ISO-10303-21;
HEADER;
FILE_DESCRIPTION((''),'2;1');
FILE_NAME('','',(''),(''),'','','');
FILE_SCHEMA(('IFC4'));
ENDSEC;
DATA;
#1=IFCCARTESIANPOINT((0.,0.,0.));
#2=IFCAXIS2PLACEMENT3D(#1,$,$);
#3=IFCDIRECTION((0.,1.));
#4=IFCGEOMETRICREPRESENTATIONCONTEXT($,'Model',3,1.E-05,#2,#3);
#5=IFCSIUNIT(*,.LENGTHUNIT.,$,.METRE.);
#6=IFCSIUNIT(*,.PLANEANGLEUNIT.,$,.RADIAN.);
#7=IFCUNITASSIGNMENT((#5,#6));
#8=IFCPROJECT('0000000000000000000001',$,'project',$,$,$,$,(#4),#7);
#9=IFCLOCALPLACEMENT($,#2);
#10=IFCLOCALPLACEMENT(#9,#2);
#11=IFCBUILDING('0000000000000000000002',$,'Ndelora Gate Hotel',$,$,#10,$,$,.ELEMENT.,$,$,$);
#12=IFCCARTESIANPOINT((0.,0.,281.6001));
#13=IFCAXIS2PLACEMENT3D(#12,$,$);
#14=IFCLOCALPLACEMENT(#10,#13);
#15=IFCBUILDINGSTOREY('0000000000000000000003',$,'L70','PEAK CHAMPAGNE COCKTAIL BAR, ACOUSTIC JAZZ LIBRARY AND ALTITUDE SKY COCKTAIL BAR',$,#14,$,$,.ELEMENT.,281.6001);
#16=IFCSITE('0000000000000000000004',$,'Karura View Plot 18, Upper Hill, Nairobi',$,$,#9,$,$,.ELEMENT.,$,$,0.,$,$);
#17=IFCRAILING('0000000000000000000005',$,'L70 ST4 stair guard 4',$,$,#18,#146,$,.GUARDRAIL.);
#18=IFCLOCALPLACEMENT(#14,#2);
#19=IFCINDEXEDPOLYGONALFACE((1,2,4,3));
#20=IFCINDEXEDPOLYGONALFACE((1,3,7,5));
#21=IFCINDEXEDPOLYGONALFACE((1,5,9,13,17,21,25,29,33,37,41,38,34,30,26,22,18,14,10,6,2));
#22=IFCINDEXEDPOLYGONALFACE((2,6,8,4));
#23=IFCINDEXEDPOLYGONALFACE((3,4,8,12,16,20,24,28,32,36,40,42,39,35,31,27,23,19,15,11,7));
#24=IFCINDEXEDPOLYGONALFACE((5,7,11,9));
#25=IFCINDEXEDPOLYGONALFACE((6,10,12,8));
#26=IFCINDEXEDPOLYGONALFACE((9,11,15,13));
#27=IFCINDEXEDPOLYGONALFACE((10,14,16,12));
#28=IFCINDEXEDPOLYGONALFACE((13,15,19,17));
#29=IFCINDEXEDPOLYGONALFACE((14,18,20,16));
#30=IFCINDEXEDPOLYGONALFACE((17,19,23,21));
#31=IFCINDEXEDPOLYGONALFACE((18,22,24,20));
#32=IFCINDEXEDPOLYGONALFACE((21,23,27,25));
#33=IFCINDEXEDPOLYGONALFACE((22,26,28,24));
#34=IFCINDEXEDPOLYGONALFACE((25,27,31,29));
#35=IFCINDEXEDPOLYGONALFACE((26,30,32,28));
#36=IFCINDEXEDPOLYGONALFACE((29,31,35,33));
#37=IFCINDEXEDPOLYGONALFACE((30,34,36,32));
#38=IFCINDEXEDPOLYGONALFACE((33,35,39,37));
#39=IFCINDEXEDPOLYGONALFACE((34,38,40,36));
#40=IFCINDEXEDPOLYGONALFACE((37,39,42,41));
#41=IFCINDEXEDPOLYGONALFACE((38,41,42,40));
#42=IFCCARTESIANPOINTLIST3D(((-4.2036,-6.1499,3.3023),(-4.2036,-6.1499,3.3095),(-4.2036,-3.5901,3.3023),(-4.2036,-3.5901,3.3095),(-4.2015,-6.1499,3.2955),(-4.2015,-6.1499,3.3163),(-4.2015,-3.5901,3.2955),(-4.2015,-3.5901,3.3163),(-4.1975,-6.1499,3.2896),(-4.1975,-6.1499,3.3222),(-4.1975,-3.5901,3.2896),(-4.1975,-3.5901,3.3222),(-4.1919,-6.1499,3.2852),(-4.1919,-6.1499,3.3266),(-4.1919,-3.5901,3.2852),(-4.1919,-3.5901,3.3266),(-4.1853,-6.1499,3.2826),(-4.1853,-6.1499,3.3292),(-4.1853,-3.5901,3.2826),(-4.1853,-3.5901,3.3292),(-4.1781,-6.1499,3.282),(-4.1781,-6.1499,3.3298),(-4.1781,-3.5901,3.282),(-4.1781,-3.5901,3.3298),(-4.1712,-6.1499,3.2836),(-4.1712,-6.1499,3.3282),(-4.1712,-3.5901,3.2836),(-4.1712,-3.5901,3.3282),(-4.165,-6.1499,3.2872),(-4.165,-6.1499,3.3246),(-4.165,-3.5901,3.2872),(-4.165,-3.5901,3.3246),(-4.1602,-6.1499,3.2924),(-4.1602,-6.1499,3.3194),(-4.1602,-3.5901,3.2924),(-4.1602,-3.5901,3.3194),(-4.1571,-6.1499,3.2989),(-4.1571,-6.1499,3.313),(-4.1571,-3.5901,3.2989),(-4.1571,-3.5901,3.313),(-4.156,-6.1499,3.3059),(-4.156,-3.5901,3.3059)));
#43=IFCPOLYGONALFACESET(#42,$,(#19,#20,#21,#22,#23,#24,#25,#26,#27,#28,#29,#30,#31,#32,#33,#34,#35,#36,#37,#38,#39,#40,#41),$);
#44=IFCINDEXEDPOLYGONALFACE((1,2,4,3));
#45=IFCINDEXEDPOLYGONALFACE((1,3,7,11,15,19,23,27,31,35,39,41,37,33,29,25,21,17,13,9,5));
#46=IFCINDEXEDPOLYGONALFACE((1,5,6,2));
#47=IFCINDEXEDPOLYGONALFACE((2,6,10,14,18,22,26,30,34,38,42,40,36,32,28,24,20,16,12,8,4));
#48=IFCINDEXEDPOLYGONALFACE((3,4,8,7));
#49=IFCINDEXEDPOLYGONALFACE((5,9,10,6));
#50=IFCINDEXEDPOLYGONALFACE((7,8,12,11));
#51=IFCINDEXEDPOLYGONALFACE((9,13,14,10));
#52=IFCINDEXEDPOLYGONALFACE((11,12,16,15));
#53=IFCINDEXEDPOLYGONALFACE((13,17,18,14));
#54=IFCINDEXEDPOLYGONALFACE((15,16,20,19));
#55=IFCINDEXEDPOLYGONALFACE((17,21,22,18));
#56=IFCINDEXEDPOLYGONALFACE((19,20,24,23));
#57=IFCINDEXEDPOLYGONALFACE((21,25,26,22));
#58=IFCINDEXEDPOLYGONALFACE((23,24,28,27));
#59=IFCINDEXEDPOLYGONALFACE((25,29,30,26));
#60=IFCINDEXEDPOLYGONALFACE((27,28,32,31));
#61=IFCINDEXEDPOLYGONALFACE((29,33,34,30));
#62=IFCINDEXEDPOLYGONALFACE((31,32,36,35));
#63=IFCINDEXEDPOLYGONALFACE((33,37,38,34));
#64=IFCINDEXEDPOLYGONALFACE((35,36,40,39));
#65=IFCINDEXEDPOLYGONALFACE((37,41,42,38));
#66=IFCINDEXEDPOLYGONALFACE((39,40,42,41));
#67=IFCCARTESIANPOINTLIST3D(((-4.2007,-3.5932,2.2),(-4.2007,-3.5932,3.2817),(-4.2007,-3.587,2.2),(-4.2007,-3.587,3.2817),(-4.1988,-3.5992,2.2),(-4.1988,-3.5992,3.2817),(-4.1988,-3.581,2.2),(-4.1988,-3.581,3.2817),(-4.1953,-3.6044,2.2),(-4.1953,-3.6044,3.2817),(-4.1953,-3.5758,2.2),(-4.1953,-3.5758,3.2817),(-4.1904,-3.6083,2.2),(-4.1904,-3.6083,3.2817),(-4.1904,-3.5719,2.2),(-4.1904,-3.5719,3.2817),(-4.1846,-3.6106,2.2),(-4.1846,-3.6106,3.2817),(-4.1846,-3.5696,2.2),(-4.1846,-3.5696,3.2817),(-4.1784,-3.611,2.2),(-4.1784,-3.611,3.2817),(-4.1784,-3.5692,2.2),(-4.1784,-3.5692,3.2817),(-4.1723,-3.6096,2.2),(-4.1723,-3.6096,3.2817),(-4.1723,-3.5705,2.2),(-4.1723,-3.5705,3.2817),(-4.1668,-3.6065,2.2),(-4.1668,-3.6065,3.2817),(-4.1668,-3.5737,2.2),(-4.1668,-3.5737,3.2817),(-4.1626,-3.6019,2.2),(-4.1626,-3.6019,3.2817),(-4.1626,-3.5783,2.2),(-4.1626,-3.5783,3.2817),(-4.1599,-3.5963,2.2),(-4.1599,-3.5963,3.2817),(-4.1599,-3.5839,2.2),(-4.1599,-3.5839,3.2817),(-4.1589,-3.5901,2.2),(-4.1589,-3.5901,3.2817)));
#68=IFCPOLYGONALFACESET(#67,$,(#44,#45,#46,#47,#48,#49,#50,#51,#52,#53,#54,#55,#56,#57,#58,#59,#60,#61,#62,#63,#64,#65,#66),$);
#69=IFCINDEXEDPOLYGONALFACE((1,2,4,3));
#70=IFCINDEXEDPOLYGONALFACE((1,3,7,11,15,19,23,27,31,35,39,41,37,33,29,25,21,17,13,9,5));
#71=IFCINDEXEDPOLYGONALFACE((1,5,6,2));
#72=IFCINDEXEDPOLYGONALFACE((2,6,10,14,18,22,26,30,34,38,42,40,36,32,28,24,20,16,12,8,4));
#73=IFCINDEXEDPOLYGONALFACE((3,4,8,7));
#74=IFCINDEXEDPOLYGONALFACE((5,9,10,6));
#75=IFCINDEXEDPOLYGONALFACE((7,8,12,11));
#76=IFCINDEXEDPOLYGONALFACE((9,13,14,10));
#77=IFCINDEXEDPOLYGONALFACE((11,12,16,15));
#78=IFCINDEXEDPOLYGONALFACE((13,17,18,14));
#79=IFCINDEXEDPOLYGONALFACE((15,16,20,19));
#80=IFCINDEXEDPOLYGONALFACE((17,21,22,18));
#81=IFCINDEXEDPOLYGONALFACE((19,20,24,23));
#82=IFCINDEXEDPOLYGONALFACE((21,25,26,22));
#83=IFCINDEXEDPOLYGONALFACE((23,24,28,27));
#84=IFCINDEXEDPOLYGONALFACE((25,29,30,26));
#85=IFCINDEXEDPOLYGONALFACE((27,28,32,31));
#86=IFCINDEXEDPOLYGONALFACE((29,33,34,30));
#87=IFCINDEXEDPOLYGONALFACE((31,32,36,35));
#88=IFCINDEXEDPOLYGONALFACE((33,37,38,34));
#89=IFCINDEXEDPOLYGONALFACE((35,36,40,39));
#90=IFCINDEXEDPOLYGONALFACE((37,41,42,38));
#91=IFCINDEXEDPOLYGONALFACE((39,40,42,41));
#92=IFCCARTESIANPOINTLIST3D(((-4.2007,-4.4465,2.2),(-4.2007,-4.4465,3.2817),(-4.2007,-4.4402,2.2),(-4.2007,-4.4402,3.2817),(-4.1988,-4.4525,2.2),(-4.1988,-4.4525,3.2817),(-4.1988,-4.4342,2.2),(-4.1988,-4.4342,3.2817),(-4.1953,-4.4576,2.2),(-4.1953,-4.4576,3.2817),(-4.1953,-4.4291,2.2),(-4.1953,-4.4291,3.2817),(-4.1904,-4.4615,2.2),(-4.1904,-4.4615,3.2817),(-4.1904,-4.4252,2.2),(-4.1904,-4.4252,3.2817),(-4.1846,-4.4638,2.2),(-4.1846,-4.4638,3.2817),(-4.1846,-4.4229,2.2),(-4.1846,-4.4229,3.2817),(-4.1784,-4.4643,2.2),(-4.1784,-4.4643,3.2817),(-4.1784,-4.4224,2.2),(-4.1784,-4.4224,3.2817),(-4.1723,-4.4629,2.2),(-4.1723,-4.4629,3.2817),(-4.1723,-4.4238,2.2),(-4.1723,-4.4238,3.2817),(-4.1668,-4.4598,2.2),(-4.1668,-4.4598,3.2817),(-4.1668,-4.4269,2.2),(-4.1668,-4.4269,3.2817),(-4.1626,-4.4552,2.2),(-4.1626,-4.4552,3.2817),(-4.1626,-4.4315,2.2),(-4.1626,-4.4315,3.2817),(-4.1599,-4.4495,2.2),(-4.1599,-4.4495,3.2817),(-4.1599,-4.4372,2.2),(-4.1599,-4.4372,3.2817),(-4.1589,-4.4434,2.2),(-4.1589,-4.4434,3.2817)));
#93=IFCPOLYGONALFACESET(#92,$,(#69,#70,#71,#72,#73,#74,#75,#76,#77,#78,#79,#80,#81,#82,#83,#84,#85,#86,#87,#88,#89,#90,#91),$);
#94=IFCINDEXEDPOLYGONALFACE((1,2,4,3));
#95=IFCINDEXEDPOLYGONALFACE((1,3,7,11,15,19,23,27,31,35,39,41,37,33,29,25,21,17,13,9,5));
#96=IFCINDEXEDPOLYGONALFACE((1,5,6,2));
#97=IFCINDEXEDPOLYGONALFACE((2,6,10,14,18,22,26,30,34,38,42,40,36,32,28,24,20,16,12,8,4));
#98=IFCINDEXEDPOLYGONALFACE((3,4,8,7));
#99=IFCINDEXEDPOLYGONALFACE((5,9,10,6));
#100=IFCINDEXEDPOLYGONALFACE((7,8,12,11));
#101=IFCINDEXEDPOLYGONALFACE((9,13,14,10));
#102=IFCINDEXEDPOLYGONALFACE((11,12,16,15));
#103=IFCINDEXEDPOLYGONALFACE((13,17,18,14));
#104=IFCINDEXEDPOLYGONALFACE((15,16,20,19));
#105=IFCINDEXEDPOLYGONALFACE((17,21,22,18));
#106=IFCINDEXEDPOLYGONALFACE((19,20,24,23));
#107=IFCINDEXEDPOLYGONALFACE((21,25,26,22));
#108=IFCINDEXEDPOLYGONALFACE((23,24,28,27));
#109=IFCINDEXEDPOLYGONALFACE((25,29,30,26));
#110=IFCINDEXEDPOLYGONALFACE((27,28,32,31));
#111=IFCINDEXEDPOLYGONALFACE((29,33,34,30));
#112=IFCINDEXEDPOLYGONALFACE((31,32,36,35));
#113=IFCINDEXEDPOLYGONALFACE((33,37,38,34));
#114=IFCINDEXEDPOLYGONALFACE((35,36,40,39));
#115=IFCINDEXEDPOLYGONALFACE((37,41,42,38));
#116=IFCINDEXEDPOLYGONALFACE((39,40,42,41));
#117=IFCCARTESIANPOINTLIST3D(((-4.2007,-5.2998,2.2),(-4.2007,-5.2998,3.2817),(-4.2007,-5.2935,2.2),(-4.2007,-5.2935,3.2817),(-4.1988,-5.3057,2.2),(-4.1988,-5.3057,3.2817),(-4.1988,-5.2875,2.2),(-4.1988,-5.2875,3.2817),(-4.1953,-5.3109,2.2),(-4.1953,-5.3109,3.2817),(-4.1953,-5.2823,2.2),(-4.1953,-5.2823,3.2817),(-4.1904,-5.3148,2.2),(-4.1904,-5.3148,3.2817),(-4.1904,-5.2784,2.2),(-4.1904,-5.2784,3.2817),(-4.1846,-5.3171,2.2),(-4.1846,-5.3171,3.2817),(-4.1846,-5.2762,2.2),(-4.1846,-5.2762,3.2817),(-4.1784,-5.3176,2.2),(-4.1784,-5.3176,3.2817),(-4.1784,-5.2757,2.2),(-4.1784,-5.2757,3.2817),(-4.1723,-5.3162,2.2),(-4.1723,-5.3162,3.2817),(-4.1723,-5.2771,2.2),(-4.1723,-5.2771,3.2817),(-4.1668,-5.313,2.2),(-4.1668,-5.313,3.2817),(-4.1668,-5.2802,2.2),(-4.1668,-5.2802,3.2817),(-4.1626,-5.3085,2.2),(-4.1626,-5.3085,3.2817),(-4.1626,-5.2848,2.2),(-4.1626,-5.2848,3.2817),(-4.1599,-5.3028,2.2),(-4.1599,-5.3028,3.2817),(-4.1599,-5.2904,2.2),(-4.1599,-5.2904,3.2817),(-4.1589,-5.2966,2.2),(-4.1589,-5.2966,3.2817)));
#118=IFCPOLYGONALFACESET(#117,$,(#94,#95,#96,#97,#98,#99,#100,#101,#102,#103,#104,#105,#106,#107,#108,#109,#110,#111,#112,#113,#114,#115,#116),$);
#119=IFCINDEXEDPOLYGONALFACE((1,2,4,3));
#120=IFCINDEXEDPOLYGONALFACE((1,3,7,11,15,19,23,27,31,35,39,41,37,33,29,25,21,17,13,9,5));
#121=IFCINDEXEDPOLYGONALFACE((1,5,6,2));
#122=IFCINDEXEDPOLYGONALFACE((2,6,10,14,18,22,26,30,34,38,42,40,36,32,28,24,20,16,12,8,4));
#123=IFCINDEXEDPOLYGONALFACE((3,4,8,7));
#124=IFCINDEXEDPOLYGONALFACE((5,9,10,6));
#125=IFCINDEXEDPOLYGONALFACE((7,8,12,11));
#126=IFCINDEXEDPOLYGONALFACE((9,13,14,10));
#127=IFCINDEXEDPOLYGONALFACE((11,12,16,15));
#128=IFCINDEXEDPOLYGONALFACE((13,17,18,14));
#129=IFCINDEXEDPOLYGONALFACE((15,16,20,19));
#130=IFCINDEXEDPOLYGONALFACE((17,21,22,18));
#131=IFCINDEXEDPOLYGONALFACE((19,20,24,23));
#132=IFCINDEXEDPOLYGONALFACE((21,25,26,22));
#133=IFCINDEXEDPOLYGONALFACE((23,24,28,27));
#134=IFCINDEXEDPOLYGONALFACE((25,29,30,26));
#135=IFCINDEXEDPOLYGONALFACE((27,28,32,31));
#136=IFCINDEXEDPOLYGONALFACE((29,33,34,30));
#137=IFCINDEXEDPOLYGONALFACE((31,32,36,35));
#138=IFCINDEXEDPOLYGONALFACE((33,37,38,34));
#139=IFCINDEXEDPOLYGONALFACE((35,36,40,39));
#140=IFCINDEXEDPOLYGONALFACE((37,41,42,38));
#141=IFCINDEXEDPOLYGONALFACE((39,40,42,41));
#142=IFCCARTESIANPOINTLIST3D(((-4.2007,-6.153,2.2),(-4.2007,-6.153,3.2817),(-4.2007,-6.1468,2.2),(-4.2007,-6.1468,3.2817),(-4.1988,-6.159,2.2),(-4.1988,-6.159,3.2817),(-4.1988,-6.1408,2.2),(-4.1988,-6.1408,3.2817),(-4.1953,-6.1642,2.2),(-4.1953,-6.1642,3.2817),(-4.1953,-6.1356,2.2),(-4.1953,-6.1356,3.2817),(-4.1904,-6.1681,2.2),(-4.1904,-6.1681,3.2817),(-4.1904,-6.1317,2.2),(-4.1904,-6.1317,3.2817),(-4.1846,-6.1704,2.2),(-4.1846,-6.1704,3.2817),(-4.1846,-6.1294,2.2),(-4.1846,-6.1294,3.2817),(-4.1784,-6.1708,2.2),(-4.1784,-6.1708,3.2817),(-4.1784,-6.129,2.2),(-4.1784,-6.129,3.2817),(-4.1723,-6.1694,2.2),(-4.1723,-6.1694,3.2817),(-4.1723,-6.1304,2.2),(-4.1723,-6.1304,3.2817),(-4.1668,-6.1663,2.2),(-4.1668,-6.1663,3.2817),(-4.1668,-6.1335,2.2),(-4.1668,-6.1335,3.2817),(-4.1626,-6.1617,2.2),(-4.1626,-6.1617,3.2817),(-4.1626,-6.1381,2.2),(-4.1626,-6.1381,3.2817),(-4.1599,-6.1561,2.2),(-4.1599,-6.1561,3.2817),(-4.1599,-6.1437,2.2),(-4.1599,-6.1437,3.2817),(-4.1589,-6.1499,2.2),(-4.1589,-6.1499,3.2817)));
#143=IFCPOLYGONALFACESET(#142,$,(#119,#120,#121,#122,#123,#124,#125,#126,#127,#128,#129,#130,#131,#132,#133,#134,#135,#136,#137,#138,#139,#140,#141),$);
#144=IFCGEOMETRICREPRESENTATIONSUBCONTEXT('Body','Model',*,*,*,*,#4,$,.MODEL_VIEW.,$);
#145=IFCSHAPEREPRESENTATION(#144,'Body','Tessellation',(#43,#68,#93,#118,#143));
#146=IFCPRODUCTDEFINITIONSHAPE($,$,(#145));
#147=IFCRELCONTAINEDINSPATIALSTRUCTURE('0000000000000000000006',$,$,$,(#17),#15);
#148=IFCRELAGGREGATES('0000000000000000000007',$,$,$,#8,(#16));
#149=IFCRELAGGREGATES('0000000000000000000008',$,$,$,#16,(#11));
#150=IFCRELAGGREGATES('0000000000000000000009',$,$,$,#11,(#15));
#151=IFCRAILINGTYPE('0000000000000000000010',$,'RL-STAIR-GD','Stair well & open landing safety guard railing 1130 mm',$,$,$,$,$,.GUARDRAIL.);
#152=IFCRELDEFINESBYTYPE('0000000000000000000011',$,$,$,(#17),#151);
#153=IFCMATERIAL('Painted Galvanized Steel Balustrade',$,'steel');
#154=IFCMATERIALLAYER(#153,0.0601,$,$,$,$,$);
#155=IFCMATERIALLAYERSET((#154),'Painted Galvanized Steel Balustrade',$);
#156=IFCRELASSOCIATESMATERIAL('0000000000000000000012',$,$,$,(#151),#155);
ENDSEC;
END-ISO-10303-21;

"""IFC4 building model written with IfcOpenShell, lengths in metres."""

from ifc_helpers import new_model, si_unit, direction, frame, origin, origin_2d, place, context, subcontext, project, spatial, circle, extrude, material, layer, layer_set, type_object, element, save


model = new_model("IFC4")

# Units and contexts
model_context = context("Model", 3, precision=1e-05, world=origin(), true_north=direction((0.0, 1.0)))
body_context = subcontext(model_context, "Body", "Model", "MODEL_VIEW")
ifc_project = project(units=[si_unit("LENGTHUNIT", "METRE"), si_unit("PLANEANGLEUNIT", "RADIAN")], contexts=[model_context])

# Site, building, storey
site_placement = place(None, origin())
site = spatial("IfcSite", under=ifc_project, at=site_placement, Name="Karura View Plot 18, Upper Hill, Nairobi", CompositionType="ELEMENT", RefElevation=0.0)
building_placement = place(site_placement, origin())
building = spatial("IfcBuilding", under=site, at=building_placement, Name="Ndelora Gate Hotel", CompositionType="ELEMENT")
storey_placement = place(building_placement, frame((0.0, 0.0, 281.6001)))
storey = spatial("IfcBuildingStorey", under=building, at=storey_placement, Name="L70", Description="PEAK CHAMPAGNE COCKTAIL BAR, ACOUSTIC JAZZ LIBRARY AND ALTITUDE SKY COCKTAIL BAR", CompositionType="ELEMENT", Elevation=281.6001)

# Railing
ifc_material_1 = material(Name="Painted Galvanized Steel Balustrade", Category="steel")
ifc_layer_1 = layer(ifc_material_1, 0.0601)
ifc_layer_set_1 = layer_set([ifc_layer_1], Name="Painted Galvanized Steel Balustrade")
railing_type_1 = type_object("IfcRailingType", Name="RL-STAIR-GD", Description="Stair well & open landing safety guard railing 1130 mm", PredefinedType="GUARDRAIL", material=ifc_layer_set_1)
for number, where, name in (
    (1, (-4.1799, -3.5901, 2.2), "L70 ST4 stair guard 4"),
):
    element("IfcRailing", number, at=place(storey_placement, frame(where)), inside=storey, type_object=railing_type_1, Name=name, PredefinedType="GUARDRAIL", context=body_context, shape_type="SweptSolid", body=[
        extrude(circle(Radius=0.0239, at=origin_2d()), frame((0.0, 0.0, 1.106), z_axis=(0.0, -1.0, 0.0), x_axis=(1.0, 0.0, 0.0)), (0.0, 0.0, 1.0), 2.5598),
        extrude(circle(Radius=0.021, at=origin_2d()), origin(), (0.0, 0.0, 1.0), 1.0818),
        extrude(circle(Radius=0.021, at=origin_2d()), frame((0.0, -0.8533, 0.0)), (0.0, 0.0, 1.0), 1.0818),
        extrude(circle(Radius=0.021, at=origin_2d()), frame((0.0, -1.7065, 0.0)), (0.0, 0.0, 1.0), 1.0818),
        extrude(circle(Radius=0.021, at=origin_2d()), frame((0.0, -2.5598, 0.0)), (0.0, 0.0, 1.0), 1.0818),
    ])

save(model, "model.ifc")
